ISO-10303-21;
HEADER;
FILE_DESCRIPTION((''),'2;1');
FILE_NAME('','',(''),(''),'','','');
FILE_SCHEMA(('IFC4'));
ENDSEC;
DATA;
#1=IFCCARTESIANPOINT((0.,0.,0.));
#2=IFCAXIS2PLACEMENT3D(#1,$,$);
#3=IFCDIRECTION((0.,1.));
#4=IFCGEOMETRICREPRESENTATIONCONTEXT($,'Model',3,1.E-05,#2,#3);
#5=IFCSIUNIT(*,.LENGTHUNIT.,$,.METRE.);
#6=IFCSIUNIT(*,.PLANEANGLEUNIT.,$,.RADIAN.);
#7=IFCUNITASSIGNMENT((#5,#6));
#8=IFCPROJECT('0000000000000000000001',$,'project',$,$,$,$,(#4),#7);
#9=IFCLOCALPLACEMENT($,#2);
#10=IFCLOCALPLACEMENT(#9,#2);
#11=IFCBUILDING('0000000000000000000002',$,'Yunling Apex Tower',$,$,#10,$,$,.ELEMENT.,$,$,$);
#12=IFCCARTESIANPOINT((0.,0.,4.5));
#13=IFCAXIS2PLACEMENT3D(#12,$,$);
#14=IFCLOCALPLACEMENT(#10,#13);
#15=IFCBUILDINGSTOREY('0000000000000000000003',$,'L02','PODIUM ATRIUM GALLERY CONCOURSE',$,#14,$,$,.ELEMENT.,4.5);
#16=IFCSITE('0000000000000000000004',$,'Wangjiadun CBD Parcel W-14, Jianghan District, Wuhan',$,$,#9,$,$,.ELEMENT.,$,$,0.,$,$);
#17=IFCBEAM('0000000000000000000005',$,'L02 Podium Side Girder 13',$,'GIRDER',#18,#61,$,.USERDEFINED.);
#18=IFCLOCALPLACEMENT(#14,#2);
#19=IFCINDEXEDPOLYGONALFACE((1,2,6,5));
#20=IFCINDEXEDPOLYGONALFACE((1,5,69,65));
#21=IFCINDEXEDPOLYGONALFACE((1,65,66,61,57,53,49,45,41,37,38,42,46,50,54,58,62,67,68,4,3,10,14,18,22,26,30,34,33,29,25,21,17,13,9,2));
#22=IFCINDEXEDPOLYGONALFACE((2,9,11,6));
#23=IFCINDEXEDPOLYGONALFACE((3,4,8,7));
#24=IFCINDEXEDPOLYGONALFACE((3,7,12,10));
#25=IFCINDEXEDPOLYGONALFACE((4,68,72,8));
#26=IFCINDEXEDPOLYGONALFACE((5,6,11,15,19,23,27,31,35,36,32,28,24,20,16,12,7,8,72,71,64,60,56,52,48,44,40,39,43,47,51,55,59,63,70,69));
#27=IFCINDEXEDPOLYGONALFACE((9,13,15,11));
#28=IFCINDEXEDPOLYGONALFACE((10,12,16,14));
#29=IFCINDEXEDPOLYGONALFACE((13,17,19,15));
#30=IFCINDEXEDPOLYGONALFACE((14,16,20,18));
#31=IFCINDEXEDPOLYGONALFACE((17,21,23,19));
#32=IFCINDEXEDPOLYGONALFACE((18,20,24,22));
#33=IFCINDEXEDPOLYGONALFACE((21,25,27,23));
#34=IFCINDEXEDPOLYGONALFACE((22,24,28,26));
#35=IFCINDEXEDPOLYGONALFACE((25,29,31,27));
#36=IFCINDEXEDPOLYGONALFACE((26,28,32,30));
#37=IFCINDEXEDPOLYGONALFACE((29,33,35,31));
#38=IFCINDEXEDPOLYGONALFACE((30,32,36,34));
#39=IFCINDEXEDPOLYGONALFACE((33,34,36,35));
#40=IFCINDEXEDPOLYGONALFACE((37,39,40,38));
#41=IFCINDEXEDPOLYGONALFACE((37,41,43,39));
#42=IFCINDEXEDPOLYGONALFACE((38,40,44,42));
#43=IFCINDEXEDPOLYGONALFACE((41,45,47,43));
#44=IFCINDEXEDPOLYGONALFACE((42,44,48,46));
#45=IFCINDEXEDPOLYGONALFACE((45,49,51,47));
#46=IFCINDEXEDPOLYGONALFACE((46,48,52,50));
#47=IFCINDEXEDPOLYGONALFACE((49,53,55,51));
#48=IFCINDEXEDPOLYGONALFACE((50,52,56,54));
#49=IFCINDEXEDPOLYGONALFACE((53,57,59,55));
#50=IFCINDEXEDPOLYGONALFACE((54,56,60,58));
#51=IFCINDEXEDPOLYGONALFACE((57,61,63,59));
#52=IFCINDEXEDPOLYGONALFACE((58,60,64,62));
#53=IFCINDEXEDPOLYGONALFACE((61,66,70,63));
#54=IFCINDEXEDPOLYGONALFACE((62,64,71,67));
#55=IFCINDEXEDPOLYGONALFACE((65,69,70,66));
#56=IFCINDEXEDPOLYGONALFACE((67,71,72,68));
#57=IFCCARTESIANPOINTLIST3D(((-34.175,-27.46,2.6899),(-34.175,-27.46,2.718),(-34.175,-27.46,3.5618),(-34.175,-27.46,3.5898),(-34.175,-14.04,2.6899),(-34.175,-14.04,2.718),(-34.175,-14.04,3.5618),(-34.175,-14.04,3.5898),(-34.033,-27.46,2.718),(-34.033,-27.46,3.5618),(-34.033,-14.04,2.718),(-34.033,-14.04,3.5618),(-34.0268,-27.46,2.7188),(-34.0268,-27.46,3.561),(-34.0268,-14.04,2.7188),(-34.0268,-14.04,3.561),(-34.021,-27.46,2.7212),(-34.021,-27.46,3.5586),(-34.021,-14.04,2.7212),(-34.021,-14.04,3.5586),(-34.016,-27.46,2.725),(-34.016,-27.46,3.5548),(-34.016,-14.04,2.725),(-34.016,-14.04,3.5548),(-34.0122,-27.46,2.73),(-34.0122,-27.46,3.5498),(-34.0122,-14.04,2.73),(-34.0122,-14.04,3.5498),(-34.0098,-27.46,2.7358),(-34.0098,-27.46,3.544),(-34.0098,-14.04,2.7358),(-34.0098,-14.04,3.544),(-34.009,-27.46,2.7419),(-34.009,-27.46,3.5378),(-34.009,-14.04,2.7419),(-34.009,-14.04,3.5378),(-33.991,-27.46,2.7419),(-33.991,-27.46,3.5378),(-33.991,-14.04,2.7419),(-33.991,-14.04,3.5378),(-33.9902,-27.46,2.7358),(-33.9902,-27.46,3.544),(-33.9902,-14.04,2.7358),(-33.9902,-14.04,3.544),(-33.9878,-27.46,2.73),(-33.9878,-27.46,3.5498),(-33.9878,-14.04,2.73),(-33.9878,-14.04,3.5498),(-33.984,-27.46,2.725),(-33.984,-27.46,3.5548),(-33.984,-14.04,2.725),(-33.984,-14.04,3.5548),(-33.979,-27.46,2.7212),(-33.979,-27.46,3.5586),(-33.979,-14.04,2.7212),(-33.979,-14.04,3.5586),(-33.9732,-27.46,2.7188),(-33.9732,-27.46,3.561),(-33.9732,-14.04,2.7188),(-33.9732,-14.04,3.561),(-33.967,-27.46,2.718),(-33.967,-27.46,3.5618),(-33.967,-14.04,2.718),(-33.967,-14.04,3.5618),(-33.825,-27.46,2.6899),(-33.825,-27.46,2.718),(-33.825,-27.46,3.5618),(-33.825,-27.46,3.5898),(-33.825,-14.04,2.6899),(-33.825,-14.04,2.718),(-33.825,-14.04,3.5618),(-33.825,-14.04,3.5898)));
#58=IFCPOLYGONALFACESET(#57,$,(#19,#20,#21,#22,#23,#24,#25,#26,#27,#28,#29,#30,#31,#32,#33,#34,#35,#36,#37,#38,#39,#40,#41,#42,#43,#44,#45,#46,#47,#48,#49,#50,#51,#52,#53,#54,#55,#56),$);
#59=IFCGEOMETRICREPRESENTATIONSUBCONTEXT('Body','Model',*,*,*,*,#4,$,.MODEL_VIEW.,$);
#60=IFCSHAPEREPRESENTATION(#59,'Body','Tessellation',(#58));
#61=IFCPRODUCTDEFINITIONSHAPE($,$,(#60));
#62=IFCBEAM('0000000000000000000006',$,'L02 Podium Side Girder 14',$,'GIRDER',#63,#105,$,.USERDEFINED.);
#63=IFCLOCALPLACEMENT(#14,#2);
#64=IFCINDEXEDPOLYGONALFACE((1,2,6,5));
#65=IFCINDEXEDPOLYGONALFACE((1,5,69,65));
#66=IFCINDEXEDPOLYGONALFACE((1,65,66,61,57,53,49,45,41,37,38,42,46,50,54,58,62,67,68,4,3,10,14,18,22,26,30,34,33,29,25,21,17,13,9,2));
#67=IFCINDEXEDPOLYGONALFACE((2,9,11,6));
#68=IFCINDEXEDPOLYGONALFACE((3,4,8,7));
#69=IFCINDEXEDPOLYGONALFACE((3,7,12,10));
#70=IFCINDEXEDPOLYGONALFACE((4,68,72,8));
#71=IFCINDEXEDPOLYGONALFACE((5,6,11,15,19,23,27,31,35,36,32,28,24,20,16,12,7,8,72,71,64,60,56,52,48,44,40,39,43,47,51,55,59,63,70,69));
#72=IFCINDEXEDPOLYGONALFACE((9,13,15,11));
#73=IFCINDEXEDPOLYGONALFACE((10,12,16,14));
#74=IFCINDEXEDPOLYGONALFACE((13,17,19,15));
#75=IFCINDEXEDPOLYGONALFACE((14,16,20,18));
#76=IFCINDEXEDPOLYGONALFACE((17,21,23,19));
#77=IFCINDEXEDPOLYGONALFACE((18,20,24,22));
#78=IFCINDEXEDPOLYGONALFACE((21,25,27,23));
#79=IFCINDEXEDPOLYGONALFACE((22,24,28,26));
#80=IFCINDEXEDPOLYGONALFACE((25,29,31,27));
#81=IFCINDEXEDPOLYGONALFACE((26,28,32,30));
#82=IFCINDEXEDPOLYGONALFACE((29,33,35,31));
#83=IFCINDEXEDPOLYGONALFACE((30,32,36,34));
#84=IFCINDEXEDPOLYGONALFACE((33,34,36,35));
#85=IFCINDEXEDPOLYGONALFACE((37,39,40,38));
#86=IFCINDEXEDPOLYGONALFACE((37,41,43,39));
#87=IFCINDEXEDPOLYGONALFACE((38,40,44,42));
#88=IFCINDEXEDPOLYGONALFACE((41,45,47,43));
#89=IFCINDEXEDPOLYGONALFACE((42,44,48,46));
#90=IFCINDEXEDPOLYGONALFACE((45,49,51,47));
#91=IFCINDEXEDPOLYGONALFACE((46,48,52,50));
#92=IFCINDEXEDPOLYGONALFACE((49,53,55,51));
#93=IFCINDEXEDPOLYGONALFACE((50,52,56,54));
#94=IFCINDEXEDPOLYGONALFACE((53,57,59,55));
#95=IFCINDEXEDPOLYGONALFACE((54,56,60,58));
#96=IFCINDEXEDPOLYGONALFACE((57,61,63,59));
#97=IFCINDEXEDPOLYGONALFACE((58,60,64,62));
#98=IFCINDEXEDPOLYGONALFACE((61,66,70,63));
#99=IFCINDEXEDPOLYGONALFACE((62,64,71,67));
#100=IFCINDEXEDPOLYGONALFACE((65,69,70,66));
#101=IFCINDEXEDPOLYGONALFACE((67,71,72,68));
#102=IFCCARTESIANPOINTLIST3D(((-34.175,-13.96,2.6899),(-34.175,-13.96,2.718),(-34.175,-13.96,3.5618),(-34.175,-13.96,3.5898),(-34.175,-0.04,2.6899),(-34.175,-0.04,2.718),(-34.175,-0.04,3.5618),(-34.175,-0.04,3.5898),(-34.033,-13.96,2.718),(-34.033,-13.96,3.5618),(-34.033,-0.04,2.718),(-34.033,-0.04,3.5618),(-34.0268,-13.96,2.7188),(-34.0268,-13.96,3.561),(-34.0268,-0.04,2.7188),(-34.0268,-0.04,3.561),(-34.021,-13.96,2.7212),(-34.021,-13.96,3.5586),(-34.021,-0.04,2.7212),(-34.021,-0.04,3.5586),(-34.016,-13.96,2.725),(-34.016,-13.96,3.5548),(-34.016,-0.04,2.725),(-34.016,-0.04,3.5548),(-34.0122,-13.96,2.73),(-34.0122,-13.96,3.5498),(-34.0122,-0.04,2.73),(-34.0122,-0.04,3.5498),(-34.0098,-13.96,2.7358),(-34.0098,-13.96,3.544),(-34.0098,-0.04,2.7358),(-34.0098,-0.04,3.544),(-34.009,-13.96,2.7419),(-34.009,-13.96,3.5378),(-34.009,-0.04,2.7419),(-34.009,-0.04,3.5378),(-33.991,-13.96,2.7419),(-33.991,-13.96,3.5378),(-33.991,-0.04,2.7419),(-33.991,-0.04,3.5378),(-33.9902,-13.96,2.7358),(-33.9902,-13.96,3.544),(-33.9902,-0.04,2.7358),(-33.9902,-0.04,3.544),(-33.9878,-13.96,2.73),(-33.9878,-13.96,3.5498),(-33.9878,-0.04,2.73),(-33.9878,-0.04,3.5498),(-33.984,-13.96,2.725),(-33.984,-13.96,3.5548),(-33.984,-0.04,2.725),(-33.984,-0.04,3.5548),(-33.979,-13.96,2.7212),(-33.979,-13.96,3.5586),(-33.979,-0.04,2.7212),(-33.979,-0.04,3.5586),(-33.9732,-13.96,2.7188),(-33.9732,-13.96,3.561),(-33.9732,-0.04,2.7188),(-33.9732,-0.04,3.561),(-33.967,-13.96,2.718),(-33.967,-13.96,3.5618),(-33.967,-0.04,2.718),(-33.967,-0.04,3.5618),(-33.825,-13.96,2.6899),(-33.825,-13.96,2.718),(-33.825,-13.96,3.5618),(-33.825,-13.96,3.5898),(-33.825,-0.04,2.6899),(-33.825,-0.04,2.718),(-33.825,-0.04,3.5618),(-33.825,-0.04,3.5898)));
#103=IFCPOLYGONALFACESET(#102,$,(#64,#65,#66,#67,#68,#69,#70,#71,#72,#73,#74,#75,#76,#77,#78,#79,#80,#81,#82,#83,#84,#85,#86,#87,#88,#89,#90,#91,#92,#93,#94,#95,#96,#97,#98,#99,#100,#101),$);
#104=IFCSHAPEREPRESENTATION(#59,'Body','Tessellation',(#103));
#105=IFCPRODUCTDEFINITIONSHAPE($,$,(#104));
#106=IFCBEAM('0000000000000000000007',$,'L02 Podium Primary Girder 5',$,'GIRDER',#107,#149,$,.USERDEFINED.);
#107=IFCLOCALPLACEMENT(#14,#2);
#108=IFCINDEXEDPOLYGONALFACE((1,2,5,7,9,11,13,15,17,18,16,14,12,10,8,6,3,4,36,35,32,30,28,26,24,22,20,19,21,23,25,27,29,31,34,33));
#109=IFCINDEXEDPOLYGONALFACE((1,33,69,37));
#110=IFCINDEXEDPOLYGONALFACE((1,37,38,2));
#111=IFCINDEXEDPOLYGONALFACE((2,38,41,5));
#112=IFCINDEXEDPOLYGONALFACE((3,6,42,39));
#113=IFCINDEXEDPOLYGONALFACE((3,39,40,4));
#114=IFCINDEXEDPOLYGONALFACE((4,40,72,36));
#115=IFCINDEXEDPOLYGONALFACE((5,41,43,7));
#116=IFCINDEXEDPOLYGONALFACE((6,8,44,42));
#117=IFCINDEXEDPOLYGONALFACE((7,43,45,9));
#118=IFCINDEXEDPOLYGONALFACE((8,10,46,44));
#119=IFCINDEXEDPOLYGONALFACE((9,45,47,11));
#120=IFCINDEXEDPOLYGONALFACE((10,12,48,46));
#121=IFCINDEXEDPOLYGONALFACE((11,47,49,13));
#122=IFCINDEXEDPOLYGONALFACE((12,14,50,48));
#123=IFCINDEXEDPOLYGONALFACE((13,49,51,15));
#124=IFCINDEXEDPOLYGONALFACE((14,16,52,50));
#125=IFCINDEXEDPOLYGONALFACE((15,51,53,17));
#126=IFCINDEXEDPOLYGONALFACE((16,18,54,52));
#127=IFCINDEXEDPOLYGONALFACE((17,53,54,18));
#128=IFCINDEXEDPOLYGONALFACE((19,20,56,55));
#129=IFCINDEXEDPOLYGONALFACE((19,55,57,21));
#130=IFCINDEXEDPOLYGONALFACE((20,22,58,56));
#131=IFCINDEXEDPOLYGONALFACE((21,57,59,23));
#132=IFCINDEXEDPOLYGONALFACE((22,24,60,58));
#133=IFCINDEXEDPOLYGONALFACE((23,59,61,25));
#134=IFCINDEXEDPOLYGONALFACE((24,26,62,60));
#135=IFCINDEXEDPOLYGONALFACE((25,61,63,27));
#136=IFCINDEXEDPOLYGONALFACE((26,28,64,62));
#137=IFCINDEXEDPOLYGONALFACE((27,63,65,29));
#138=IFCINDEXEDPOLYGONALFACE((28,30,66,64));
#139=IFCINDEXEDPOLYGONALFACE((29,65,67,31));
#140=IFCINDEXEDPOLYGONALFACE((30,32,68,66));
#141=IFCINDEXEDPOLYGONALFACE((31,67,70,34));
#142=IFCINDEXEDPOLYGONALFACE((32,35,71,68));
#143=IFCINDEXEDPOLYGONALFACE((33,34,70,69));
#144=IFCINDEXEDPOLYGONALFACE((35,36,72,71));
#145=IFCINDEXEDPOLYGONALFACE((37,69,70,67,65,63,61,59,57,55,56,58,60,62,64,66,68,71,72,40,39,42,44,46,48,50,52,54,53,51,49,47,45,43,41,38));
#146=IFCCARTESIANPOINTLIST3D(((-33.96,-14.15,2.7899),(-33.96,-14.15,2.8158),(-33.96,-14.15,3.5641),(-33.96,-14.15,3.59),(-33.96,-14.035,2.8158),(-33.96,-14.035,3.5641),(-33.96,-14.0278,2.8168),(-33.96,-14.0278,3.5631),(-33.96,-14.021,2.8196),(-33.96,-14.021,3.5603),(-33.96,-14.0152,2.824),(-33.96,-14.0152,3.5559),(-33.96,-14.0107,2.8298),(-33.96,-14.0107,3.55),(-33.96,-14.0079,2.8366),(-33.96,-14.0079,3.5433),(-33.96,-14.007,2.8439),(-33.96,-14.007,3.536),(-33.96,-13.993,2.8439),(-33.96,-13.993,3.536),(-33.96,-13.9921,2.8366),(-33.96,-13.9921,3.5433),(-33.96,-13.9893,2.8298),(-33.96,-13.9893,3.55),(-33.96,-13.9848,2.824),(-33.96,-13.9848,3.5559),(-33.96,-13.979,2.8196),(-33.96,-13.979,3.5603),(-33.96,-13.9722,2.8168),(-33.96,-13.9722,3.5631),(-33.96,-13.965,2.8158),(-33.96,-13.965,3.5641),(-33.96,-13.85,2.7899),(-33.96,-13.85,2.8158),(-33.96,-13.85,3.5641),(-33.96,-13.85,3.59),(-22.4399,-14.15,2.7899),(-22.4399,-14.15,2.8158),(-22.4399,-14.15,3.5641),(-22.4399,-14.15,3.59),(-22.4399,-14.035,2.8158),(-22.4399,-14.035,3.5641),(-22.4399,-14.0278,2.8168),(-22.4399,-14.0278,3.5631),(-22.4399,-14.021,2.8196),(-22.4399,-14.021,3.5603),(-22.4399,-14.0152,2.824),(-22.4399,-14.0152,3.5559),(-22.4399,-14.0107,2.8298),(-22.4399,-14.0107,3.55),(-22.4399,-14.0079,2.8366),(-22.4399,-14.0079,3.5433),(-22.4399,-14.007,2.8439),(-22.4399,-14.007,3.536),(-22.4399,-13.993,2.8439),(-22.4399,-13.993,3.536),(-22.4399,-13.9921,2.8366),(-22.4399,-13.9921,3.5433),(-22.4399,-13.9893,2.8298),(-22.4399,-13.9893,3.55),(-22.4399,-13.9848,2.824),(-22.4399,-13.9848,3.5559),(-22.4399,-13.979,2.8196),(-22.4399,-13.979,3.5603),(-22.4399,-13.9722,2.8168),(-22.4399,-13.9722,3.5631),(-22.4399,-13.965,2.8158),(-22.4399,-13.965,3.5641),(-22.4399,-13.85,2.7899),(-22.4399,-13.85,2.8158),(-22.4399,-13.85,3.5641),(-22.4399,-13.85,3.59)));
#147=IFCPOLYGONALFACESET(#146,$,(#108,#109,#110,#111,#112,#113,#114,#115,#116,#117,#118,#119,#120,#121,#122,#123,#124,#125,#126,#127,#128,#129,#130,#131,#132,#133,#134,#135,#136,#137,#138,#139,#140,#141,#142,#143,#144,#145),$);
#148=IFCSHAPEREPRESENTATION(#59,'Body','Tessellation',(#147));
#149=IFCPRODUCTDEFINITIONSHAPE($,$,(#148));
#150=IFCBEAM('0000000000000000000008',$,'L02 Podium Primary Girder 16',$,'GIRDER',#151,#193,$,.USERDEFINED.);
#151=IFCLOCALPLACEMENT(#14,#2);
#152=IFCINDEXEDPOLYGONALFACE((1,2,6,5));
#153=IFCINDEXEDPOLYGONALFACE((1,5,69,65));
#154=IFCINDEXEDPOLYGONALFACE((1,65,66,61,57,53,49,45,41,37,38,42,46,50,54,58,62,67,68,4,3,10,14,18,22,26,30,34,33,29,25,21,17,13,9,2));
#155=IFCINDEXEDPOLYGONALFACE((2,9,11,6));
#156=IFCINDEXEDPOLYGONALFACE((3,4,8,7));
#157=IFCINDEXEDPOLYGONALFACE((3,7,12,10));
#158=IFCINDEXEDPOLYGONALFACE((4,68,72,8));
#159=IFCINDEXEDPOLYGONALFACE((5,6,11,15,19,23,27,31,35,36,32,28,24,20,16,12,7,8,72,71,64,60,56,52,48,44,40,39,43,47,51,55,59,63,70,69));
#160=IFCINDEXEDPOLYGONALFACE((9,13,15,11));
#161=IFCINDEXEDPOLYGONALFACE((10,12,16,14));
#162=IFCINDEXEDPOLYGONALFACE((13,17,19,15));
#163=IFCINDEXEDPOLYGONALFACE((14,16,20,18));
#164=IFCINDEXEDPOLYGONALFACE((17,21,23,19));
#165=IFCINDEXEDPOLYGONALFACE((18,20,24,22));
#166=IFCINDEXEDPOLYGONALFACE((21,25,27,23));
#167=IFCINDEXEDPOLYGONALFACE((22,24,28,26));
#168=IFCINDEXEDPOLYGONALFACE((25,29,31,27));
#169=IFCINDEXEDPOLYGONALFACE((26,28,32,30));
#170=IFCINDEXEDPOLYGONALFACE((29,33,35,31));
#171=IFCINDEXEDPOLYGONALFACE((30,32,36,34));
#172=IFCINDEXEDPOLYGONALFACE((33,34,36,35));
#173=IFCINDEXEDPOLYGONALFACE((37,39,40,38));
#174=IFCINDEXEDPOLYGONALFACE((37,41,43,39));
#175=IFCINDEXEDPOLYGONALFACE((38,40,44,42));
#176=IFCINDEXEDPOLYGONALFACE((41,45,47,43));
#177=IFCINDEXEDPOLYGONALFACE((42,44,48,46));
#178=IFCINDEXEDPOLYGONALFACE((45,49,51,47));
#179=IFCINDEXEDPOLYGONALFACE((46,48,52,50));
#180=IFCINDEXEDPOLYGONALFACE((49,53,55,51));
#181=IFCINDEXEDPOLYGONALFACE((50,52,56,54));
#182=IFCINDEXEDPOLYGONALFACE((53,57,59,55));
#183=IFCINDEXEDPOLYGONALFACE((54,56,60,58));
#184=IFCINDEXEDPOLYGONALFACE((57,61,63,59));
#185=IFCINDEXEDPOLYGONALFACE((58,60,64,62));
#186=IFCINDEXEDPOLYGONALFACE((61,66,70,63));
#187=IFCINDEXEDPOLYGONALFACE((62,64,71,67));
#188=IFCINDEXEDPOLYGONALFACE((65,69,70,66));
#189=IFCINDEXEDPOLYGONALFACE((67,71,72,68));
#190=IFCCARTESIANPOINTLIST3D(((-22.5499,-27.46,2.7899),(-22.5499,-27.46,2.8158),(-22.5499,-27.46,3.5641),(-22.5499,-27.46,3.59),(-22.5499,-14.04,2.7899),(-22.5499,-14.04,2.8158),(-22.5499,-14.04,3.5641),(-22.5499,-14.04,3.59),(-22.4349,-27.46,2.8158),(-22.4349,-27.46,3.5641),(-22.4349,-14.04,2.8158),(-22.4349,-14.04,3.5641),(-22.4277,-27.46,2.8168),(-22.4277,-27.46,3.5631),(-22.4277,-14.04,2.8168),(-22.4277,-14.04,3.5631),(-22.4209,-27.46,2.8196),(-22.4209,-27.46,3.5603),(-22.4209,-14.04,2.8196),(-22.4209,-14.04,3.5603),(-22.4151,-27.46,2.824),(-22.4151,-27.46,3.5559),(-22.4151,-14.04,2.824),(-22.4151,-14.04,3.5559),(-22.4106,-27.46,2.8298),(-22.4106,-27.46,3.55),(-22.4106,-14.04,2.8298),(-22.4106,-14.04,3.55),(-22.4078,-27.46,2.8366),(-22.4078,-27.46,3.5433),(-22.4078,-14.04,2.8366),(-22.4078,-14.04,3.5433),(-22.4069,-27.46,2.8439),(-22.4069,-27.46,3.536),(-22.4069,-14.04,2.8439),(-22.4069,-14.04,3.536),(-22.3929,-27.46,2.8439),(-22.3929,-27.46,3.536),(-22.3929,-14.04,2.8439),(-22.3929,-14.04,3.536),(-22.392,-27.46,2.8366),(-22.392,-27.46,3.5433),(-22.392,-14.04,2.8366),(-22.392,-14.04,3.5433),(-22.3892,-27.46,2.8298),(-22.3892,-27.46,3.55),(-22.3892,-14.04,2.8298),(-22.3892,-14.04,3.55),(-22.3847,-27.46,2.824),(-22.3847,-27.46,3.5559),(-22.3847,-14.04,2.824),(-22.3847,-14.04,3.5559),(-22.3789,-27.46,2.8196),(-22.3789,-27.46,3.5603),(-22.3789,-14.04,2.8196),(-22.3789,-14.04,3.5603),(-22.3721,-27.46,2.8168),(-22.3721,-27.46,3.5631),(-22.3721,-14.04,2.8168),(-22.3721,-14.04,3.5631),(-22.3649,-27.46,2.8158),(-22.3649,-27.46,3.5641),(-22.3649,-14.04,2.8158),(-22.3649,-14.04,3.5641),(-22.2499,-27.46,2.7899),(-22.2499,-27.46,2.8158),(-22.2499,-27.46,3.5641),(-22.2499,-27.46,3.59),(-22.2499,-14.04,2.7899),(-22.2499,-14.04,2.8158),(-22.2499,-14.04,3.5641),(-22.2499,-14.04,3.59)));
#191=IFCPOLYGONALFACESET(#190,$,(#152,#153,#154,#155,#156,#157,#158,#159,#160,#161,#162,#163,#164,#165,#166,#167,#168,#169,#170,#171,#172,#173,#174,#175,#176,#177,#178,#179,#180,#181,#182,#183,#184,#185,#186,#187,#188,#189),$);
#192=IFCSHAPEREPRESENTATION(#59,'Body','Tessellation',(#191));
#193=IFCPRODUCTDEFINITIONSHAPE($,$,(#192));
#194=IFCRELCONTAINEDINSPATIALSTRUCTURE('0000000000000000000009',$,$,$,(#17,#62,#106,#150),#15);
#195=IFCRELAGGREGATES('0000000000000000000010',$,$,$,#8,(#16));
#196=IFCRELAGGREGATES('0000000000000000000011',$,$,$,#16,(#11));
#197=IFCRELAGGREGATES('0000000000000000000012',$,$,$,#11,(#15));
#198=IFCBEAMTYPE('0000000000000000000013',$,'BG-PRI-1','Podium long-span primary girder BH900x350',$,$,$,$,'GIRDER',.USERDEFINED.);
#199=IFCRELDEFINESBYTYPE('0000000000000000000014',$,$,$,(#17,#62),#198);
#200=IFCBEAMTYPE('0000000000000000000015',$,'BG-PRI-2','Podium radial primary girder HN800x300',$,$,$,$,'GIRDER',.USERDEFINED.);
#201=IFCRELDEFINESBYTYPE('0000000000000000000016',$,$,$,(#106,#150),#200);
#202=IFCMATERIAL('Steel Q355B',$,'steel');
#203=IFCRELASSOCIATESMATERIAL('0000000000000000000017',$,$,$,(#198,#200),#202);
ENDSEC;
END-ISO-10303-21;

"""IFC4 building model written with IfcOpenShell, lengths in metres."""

from ifc_helpers import new_model, si_unit, direction, frame, origin, origin_2d, place, context, subcontext, project, spatial, i_section, extrude, source, transform, mapped, material, material_profile, profile_set, type_object, element, save


model = new_model("IFC4")

# Units and contexts
model_context = context("Model", 3, precision=1e-05, world=origin(), true_north=direction((0.0, 1.0)))
body_context = subcontext(model_context, "Body", "Model", "MODEL_VIEW")
ifc_project = project(units=[si_unit("LENGTHUNIT", "METRE"), si_unit("PLANEANGLEUNIT", "RADIAN")], contexts=[model_context])

# Site, building, storey
site_placement = place(None, origin())
site = spatial("IfcSite", under=ifc_project, at=site_placement, Name="Wangjiadun CBD Parcel W-14, Jianghan District, Wuhan", CompositionType="ELEMENT", RefElevation=0.0)
building_placement = place(site_placement, origin())
building = spatial("IfcBuilding", under=site, at=building_placement, Name="Yunling Apex Tower", CompositionType="ELEMENT")
storey_placement = place(building_placement, frame((0.0, 0.0, 4.5)))
storey = spatial("IfcBuildingStorey", under=building, at=storey_placement, Name="L02", Description="PODIUM ATRIUM GALLERY CONCOURSE", CompositionType="ELEMENT", Elevation=4.5)

# Beams
ifc_material_1 = material(Name="Steel Q355B", Category="steel")
ifc_material_profile_1 = material_profile(ifc_material_1, i_section(OverallWidth=0.3501, OverallDepth=0.8999, WebThickness=0.0181, FlangeThickness=0.0281, FilletRadius=0.0239, at=origin_2d()))
ifc_profile_set_1 = profile_set([ifc_material_profile_1], Name="Steel Q355B")
beam_type_1 = type_object("IfcBeamType", Name="BG-PRI-1", Description="Podium long-span primary girder BH900x350", ElementType="GIRDER", PredefinedType="USERDEFINED", material=ifc_profile_set_1)
shared_shape_1 = source(origin(), body_context, "Body", "SweptSolid", [
    extrude(i_section(OverallWidth=0.3501, OverallDepth=0.8999, WebThickness=0.0181, FlangeThickness=0.0281, FilletRadius=0.0239, at=origin_2d()), origin(), (0.0, 0.0, 1.0), 13.4199),
])
beam_1_placement = place(storey_placement, frame((-34.0, -27.46, 3.1399), z_axis=(0.0, 1.0, 0.0), x_axis=(-1.0, 0.0, 0.0)))
element("IfcBeam", 1, at=beam_1_placement, inside=storey, type_object=beam_type_1, Name="L02 Podium Side Girder 13", ObjectType="GIRDER", PredefinedType="USERDEFINED", context=body_context, shape_type="MappedRepresentation", body=[
    mapped(shared_shape_1, transform((0.0, 0.0, 0.0), scale=1.0)),
])
shared_shape_2 = source(origin(), body_context, "Body", "SweptSolid", [
    extrude(i_section(OverallWidth=0.3501, OverallDepth=0.8999, WebThickness=0.0181, FlangeThickness=0.0281, FilletRadius=0.0239, at=origin_2d()), origin(), (0.0, 0.0, 1.0), 13.9199),
])
beam_2_placement = place(storey_placement, frame((-34.0, -13.96, 3.1399), z_axis=(0.0, 1.0, 0.0), x_axis=(-1.0, 0.0, 0.0)))
element("IfcBeam", 2, at=beam_2_placement, inside=storey, type_object=beam_type_1, Name="L02 Podium Side Girder 14", ObjectType="GIRDER", PredefinedType="USERDEFINED", context=body_context, shape_type="MappedRepresentation", body=[
    mapped(shared_shape_2, transform((0.0, 0.0, 0.0), scale=1.0)),
])
ifc_material_profile_2 = material_profile(ifc_material_1, i_section(OverallWidth=0.3, OverallDepth=0.8, WebThickness=0.0139, FlangeThickness=0.0259, FilletRadius=0.0281, at=origin_2d()))
ifc_profile_set_2 = profile_set([ifc_material_profile_2], Name="Steel Q355B")
beam_type_2 = type_object("IfcBeamType", Name="BG-PRI-2", Description="Podium radial primary girder HN800x300", ElementType="GIRDER", PredefinedType="USERDEFINED", material=ifc_profile_set_2)
shared_shape_3 = source(origin(), body_context, "Body", "SweptSolid", [
    extrude(i_section(OverallWidth=0.3, OverallDepth=0.8, WebThickness=0.0139, FlangeThickness=0.0259, FilletRadius=0.0281, at=origin_2d()), origin(), (0.0, 0.0, 1.0), 11.52),
])
beam_3_placement = place(storey_placement, frame((-33.96, -14.0, 3.1899), z_axis=(1.0, 0.0, 0.0), x_axis=(0.0, 1.0, 0.0)))
element("IfcBeam", 3, at=beam_3_placement, inside=storey, type_object=beam_type_2, Name="L02 Podium Primary Girder 5", ObjectType="GIRDER", PredefinedType="USERDEFINED", context=body_context, shape_type="MappedRepresentation", body=[
    mapped(shared_shape_3, transform((0.0, 0.0, 0.0), scale=1.0)),
])
shared_shape_4 = source(origin(), body_context, "Body", "SweptSolid", [
    extrude(i_section(OverallWidth=0.3, OverallDepth=0.8, WebThickness=0.0139, FlangeThickness=0.0259, FilletRadius=0.0281, at=origin_2d()), origin(), (0.0, 0.0, 1.0), 13.4199),
])
beam_4_placement = place(storey_placement, frame((-22.3999, -14.04, 3.1899), z_axis=(0.0, -1.0, 0.0), x_axis=(1.0, 0.0, 0.0)))
element("IfcBeam", 4, at=beam_4_placement, inside=storey, type_object=beam_type_2, Name="L02 Podium Primary Girder 16", ObjectType="GIRDER", PredefinedType="USERDEFINED", context=body_context, shape_type="MappedRepresentation", body=[
    mapped(shared_shape_4, transform((0.0, 0.0, 0.0), scale=1.0)),
])

save(model, "model.ifc")
